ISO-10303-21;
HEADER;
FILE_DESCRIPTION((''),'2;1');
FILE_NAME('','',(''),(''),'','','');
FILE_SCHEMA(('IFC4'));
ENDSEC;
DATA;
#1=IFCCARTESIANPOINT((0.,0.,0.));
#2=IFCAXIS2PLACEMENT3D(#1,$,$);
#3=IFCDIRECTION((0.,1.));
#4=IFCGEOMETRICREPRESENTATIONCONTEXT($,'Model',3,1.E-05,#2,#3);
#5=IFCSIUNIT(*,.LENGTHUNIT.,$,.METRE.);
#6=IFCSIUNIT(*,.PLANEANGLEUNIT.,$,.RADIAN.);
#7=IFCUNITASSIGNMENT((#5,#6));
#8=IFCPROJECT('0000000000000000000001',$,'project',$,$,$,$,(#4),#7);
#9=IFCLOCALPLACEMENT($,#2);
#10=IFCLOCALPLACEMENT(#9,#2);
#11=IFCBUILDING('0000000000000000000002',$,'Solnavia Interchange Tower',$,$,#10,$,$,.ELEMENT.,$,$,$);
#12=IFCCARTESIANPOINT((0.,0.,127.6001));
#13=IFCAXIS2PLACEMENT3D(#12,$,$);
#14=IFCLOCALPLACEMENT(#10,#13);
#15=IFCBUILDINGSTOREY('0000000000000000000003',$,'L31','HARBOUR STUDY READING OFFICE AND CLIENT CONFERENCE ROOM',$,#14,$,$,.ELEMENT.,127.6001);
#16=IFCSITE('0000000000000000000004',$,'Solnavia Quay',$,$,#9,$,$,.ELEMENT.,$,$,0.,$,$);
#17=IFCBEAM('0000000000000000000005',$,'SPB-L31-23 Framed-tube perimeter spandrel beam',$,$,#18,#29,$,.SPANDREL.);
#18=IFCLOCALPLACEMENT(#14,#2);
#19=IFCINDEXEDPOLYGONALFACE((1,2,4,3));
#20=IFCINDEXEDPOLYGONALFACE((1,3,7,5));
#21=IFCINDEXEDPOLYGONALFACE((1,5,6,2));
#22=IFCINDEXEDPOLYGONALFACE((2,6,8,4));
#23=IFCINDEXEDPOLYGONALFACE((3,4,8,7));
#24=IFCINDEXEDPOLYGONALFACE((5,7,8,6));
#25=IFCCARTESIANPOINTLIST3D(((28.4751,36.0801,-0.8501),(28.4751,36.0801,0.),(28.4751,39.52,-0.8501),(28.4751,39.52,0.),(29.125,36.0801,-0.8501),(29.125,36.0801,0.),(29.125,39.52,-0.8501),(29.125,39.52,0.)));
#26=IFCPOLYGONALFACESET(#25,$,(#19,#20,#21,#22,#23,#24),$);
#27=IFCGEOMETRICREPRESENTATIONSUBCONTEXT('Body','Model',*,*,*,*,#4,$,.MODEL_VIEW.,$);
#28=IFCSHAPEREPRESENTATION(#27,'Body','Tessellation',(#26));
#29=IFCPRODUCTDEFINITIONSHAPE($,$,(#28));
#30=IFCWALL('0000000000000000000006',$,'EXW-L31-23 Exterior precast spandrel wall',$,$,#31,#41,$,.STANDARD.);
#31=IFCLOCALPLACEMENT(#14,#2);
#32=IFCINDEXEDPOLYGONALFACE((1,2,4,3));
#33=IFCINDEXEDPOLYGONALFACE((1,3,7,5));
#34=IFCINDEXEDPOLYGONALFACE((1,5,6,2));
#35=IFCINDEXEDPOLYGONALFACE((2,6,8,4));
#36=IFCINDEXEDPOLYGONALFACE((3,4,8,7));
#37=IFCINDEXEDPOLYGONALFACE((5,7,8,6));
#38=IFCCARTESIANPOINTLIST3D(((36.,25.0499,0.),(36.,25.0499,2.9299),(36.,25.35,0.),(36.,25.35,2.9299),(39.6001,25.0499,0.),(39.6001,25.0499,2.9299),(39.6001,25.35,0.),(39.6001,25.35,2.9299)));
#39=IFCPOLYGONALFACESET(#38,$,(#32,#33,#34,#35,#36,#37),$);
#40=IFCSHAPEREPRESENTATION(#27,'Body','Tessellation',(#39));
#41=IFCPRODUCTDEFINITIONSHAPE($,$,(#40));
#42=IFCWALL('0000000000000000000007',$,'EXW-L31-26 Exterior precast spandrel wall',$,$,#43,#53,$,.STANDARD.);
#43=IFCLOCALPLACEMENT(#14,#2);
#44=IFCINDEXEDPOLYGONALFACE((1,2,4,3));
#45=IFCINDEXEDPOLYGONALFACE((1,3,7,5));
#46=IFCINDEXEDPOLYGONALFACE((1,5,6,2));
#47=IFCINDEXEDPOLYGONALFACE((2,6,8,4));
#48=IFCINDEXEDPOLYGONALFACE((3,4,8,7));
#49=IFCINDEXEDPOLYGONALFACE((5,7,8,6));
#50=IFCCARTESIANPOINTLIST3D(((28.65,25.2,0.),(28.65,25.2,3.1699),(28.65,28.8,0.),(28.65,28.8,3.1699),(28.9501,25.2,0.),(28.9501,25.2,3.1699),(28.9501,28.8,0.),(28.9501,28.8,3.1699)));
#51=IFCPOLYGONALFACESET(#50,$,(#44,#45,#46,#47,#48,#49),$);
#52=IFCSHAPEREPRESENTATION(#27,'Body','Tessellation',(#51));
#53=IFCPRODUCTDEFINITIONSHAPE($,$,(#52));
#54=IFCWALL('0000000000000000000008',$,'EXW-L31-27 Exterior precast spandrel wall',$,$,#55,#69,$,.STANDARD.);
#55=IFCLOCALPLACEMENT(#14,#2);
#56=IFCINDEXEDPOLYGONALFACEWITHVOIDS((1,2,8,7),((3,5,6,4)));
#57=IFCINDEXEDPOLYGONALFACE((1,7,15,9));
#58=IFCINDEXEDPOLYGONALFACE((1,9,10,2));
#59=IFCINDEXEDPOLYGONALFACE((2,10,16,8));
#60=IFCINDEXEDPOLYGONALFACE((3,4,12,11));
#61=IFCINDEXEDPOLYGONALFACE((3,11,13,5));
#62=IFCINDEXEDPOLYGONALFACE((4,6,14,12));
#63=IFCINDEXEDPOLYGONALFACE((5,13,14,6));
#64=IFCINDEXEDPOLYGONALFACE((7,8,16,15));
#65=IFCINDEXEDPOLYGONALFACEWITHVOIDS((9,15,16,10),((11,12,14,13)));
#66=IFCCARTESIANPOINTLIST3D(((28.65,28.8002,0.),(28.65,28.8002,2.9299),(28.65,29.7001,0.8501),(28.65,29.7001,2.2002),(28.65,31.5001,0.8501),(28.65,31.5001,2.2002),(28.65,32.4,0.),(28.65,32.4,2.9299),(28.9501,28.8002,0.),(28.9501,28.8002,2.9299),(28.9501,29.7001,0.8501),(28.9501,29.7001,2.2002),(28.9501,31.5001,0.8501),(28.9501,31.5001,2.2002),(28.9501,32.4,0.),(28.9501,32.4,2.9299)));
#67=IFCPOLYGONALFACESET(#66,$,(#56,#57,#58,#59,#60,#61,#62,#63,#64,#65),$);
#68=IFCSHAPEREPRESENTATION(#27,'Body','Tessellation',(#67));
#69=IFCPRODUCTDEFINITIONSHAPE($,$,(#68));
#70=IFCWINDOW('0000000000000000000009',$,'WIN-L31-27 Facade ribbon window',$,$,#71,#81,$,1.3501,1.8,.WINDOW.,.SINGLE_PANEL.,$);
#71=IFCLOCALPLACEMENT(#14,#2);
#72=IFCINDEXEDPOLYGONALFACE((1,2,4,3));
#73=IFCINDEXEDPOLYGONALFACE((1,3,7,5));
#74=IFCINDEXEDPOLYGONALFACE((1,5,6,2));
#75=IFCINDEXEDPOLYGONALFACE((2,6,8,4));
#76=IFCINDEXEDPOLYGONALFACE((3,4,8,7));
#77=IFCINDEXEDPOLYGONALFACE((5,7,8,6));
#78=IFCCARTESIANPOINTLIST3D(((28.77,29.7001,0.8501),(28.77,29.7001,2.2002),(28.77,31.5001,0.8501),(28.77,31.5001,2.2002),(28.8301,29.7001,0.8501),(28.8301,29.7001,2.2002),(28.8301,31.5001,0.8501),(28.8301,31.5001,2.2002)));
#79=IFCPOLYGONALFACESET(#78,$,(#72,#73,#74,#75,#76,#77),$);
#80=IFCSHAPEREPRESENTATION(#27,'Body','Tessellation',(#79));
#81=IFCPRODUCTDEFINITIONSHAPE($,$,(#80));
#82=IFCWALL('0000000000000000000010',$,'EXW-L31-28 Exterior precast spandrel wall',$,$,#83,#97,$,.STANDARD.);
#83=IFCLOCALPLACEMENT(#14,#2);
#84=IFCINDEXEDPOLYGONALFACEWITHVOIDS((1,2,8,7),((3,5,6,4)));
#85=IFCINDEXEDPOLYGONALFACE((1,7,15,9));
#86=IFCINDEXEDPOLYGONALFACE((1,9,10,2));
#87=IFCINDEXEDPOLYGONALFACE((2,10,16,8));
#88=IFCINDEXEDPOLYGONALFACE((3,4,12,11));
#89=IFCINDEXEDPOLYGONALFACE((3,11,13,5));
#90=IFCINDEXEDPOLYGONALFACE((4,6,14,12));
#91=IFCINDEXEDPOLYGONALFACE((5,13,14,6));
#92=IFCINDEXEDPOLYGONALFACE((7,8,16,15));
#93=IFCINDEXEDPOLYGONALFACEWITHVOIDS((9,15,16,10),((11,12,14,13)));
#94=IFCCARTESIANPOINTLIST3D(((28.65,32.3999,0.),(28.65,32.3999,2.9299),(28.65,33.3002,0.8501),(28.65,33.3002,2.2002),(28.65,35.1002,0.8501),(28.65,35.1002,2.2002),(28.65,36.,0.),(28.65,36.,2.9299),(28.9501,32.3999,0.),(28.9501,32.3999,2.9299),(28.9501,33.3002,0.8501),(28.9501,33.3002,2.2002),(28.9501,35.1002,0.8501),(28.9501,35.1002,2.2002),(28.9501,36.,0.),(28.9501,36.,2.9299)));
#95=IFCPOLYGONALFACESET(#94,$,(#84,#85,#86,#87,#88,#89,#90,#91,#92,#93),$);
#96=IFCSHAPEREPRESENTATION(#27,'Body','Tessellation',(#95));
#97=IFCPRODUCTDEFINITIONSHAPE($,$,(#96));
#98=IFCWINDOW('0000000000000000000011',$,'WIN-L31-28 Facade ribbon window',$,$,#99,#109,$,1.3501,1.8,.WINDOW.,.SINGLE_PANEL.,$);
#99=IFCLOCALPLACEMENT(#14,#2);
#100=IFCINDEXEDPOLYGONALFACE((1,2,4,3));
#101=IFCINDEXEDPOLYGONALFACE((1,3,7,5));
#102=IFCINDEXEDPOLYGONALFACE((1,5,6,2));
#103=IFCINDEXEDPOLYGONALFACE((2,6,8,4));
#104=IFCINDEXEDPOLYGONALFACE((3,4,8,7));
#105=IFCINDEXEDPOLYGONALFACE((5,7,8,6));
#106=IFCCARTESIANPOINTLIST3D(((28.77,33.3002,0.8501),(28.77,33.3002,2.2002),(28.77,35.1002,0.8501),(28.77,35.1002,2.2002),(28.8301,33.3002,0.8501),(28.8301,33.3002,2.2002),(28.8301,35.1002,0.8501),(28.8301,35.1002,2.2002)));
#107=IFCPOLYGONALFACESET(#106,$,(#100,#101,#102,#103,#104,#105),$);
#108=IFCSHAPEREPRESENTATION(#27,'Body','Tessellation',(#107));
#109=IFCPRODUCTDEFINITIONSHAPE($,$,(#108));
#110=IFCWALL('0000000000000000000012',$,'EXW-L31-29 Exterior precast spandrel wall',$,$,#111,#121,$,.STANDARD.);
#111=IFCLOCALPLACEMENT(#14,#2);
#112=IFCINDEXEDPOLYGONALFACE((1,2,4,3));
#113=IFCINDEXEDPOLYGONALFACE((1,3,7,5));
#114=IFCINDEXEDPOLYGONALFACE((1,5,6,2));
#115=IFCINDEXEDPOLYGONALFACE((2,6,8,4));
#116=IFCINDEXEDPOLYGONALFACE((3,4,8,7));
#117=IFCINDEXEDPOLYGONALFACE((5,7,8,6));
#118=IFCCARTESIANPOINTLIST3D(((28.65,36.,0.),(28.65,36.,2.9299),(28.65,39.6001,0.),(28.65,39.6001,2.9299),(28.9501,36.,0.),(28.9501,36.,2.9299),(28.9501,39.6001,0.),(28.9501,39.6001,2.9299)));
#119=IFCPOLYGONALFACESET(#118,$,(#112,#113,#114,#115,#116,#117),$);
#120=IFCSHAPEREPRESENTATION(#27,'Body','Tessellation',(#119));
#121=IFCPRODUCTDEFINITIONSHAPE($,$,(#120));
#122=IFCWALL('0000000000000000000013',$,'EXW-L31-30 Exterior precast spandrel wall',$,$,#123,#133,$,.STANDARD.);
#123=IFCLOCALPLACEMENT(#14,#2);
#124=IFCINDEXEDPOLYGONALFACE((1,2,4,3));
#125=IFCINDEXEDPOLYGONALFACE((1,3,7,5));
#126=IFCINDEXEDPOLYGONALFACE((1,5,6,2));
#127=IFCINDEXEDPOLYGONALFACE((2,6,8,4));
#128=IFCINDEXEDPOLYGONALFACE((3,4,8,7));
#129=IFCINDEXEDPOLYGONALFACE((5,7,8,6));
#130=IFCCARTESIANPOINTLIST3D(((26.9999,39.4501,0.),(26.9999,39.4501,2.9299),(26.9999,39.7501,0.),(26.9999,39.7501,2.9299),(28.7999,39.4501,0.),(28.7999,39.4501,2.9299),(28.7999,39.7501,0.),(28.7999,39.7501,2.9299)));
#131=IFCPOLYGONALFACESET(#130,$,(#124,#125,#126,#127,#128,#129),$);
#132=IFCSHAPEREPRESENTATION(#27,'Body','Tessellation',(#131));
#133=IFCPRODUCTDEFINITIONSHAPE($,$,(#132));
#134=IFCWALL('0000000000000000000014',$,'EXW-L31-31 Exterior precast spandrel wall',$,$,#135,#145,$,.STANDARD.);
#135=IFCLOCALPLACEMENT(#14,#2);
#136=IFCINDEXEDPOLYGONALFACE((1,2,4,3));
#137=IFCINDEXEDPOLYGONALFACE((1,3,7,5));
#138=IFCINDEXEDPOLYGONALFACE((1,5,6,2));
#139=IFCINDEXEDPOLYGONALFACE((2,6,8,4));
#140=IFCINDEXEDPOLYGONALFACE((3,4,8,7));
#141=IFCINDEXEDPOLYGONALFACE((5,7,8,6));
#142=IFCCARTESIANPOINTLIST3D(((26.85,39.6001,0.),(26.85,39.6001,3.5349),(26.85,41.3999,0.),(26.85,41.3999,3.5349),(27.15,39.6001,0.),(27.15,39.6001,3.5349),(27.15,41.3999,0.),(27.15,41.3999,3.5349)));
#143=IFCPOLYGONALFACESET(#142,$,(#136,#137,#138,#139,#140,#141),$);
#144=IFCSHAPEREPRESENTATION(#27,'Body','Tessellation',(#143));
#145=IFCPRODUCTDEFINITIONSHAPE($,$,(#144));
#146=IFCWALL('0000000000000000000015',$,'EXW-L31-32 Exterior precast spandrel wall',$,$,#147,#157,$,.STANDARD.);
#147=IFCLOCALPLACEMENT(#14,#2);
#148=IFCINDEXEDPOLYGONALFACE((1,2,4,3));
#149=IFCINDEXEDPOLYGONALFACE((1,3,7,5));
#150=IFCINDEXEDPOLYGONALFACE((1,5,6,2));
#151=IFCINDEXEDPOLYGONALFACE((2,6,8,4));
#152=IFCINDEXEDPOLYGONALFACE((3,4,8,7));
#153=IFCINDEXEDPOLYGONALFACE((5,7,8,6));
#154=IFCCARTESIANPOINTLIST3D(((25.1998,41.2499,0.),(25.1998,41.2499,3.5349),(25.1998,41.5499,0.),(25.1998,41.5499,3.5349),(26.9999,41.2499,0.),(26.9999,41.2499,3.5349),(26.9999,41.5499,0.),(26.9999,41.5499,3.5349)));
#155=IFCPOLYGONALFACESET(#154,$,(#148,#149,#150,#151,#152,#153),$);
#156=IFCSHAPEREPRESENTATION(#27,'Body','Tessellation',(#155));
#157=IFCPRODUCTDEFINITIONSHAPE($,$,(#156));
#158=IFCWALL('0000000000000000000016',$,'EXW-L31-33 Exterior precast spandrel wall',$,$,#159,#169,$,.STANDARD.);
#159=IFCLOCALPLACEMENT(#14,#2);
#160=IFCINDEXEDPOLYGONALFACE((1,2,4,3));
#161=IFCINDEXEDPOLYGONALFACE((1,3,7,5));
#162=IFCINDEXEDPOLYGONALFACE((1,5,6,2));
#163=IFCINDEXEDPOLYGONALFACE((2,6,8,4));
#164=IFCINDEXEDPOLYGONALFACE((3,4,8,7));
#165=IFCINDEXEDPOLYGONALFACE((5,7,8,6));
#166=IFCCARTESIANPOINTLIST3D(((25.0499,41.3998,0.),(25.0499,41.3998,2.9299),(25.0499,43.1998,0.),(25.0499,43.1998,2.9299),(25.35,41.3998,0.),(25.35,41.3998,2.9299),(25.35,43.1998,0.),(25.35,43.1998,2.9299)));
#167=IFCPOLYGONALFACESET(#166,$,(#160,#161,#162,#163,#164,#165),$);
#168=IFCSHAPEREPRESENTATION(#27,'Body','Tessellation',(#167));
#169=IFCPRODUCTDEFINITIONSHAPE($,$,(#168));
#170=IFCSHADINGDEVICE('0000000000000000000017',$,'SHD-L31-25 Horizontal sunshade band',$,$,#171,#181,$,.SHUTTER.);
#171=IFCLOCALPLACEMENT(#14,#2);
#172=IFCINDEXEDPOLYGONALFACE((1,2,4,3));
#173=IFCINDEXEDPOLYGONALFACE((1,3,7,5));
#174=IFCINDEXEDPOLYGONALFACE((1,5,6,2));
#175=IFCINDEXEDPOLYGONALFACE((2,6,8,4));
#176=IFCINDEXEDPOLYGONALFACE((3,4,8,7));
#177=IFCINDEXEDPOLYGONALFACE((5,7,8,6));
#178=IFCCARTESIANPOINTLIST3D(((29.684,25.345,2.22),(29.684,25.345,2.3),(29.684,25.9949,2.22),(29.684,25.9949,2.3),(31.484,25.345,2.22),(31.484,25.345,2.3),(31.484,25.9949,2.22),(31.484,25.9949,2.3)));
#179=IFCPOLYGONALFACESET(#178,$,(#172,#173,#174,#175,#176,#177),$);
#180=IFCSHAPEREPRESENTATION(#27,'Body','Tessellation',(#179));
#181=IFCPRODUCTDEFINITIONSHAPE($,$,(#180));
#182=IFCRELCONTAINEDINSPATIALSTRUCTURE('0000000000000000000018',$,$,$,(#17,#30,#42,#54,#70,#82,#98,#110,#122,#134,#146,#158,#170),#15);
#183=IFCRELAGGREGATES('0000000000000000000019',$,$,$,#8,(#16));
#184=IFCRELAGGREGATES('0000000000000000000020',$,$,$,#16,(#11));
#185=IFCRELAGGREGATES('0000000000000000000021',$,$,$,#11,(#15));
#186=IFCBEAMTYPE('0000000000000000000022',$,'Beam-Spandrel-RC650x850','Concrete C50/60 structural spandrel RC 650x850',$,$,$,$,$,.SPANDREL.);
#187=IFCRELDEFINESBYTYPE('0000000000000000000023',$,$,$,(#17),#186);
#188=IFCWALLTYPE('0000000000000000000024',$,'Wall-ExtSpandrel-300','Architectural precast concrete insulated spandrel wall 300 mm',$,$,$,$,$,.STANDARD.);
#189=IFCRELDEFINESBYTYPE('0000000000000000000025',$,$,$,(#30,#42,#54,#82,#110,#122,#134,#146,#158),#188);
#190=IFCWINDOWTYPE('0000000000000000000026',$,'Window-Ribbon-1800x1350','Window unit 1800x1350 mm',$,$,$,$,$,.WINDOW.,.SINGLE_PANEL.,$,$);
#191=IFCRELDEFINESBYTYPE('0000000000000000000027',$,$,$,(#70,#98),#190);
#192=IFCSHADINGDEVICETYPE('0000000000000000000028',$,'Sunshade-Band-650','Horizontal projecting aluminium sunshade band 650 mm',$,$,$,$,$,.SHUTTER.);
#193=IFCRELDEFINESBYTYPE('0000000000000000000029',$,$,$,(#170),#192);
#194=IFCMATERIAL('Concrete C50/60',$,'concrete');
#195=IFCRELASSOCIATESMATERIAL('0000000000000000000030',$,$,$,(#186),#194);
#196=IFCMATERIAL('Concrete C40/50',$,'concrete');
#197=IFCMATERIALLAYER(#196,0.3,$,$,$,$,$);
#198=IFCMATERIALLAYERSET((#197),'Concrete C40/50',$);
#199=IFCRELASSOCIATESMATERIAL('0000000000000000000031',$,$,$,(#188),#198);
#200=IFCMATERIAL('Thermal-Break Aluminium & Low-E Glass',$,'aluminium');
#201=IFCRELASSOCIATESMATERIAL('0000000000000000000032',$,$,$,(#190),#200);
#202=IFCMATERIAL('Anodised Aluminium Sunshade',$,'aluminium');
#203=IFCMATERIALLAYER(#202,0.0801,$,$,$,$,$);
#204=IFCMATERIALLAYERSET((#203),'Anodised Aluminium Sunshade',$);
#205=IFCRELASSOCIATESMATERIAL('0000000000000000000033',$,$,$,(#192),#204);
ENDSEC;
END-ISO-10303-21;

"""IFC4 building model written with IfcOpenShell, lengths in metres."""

from ifc_helpers import new_model, si_unit, direction, frame, frame_2d, origin, origin_2d, place, context, subcontext, project, spatial, rectangle, extrude, material, layer, layer_set, material_profile, profile_set, type_object, element, fill, save


model = new_model("IFC4")

# Units and contexts
model_context = context("Model", 3, precision=1e-05, world=origin(), true_north=direction((0.0, 1.0)))
body_context = subcontext(model_context, "Body", "Model", "MODEL_VIEW")
ifc_project = project(units=[si_unit("LENGTHUNIT", "METRE"), si_unit("PLANEANGLEUNIT", "RADIAN")], contexts=[model_context])

# Site, building, storey
site_placement = place(None, origin())
site = spatial("IfcSite", under=ifc_project, at=site_placement, Name="Solnavia Quay", CompositionType="ELEMENT", RefElevation=0.0)
building_placement = place(site_placement, origin())
building = spatial("IfcBuilding", under=site, at=building_placement, Name="Solnavia Interchange Tower", CompositionType="ELEMENT")
storey_placement = place(building_placement, frame((0.0, 0.0, 127.6001)))
storey = spatial("IfcBuildingStorey", under=building, at=storey_placement, Name="L31", Description="HARBOUR STUDY READING OFFICE AND CLIENT CONFERENCE ROOM", CompositionType="ELEMENT", Elevation=127.6001)

# Shared definitions
ifc_material_1 = material(Name="Concrete C50/60", Category="concrete")

# Beam
ifc_material_profile_1 = material_profile(ifc_material_1, rectangle(XDim=0.6499, YDim=0.8501, at=origin_2d()), Name="RC 650x850")
ifc_profile_set_1 = profile_set([ifc_material_profile_1], Name="Concrete C50/60")
beam_type_1 = type_object("IfcBeamType", Name="Beam-Spandrel-RC650x850", Description="Concrete C50/60 structural spandrel RC 650x850", PredefinedType="SPANDREL", material=ifc_profile_set_1)
for number, where, z_axis, x_axis, name in (
    (1, (28.8, 36.0801, -0.425), (0.0, 1.0, 0.0), (-1.0, 0.0, 0.0), "SPB-L31-23 Framed-tube perimeter spandrel beam"),
):
    element("IfcBeam", number, at=place(storey_placement, frame(where, z_axis=z_axis, x_axis=x_axis)), inside=storey, type_object=beam_type_1, Name=name, PredefinedType="SPANDREL", context=body_context, shape_type="SweptSolid", body=[
        extrude(rectangle(XDim=0.6499, YDim=0.8501, at=origin_2d()), origin(), (0.0, 0.0, 1.0), 3.4399),
    ])

# Walls
ifc_material_2 = material(Name="Concrete C40/50", Category="concrete")
ifc_layer_1 = layer(ifc_material_2, 0.3)
ifc_layer_set_1 = layer_set([ifc_layer_1], Name="Concrete C40/50")
wall_type = type_object("IfcWallType", Name="Wall-ExtSpandrel-300", Description="Architectural precast concrete insulated spandrel wall 300 mm", PredefinedType="STANDARD", material=ifc_layer_set_1)
wall_1_placement = place(storey_placement, frame((36.0, 25.2, 0.0), z_axis=(0.0, 0.0, 1.0), x_axis=(1.0, 0.0, 0.0)))
element("IfcWall", 2, at=wall_1_placement, inside=storey, type_object=wall_type, Name="EXW-L31-23 Exterior precast spandrel wall", PredefinedType="STANDARD", context=body_context, shape_type="SweptSolid", body=[
    extrude(rectangle(XDim=3.6001, YDim=0.3, at=frame_2d((1.8, 0.0))), origin(), (0.0, 0.0, 1.0), 2.9299),
])
wall_2_placement = place(storey_placement, frame((28.8, 28.8, 0.0), z_axis=(0.0, 0.0, 1.0), x_axis=(0.0, -1.0, 0.0)))
element("IfcWall", 3, at=wall_2_placement, inside=storey, type_object=wall_type, Name="EXW-L31-26 Exterior precast spandrel wall", PredefinedType="STANDARD", context=body_context, shape_type="SweptSolid", body=[
    extrude(rectangle(XDim=3.6001, YDim=0.3, at=frame_2d((1.8, 0.0))), origin(), (0.0, 0.0, 1.0), 3.1699),
])

# Walls, openings, windows
wall_3_placement = place(storey_placement, frame((28.8, 32.3999, 0.0), z_axis=(0.0, 0.0, 1.0), x_axis=(0.0, -1.0, 0.0)))
wall_3 = element("IfcWall", 4, at=wall_3_placement, inside=storey, type_object=wall_type, Name="EXW-L31-27 Exterior precast spandrel wall", PredefinedType="STANDARD", context=body_context, shape_type="SweptSolid", body=[
    extrude(rectangle(XDim=3.5999, YDim=0.3, at=frame_2d((1.7998, 0.0))), origin(), (0.0, 0.0, 1.0), 2.9299),
])
opening_1_placement = place(wall_3_placement, frame((0.8999, 0.0, 0.8501)))
opening_1 = element("IfcOpeningElement", 5, at=opening_1_placement, cuts=wall_3, PredefinedType="OPENING", context=body_context, shape_type="SweptSolid", body=[
    extrude(rectangle(XDim=1.8, YDim=1.3501, at=frame_2d((0.8999, 0.675))), frame((0.0, 0.1602, 0.0), z_axis=(0.0, -1.0, 0.0), x_axis=(1.0, 0.0, 0.0)), (0.0, 0.0, 1.0), 0.3201),
])
ifc_material_3 = material(Name="Thermal-Break Aluminium & Low-E Glass", Category="aluminium")
window_type = type_object("IfcWindowType", Name="Window-Ribbon-1800x1350", Description="Window unit 1800x1350 mm", PartitioningType="SINGLE_PANEL", PredefinedType="WINDOW", material=ifc_material_3)
window_1_placement = place(opening_1_placement, origin())
window_1 = element("IfcWindow", 6, at=window_1_placement, inside=storey, type_object=window_type, Name="WIN-L31-27 Facade ribbon window", OverallHeight=1.3501, OverallWidth=1.8, PartitioningType="SINGLE_PANEL", PredefinedType="WINDOW", context=body_context, shape_type="SweptSolid", body=[
    extrude(rectangle(XDim=1.8, YDim=1.3501, at=frame_2d((0.8999, 0.675))), frame((0.0, 0.03, 0.0), z_axis=(0.0, -1.0, 0.0), x_axis=(1.0, 0.0, 0.0)), (0.0, 0.0, 1.0), 0.0601),
])
fill(opening_1, window_1)
wall_4_placement = place(storey_placement, frame((28.8, 36.0, 0.0), z_axis=(0.0, 0.0, 1.0), x_axis=(0.0, -1.0, 0.0)))
wall_4 = element("IfcWall", 7, at=wall_4_placement, inside=storey, type_object=wall_type, Name="EXW-L31-28 Exterior precast spandrel wall", PredefinedType="STANDARD", context=body_context, shape_type="SweptSolid", body=[
    extrude(rectangle(XDim=3.6001, YDim=0.3, at=frame_2d((1.8, 0.0))), origin(), (0.0, 0.0, 1.0), 2.9299),
])
opening_2_placement = place(wall_4_placement, frame((0.8999, 0.0, 0.8501)))
opening_2 = element("IfcOpeningElement", 8, at=opening_2_placement, cuts=wall_4, PredefinedType="OPENING", context=body_context, shape_type="SweptSolid", body=[
    extrude(rectangle(XDim=1.8, YDim=1.3501, at=frame_2d((0.8999, 0.675))), frame((0.0, 0.1602, 0.0), z_axis=(0.0, -1.0, 0.0), x_axis=(1.0, 0.0, 0.0)), (0.0, 0.0, 1.0), 0.3201),
])
window_2_placement = place(opening_2_placement, origin())
window_2 = element("IfcWindow", 9, at=window_2_placement, inside=storey, type_object=window_type, Name="WIN-L31-28 Facade ribbon window", OverallHeight=1.3501, OverallWidth=1.8, PartitioningType="SINGLE_PANEL", PredefinedType="WINDOW", context=body_context, shape_type="SweptSolid", body=[
    extrude(rectangle(XDim=1.8, YDim=1.3501, at=frame_2d((0.8999, 0.675))), frame((0.0, 0.03, 0.0), z_axis=(0.0, -1.0, 0.0), x_axis=(1.0, 0.0, 0.0)), (0.0, 0.0, 1.0), 0.0601),
])
fill(opening_2, window_2)

# Walls
wall_5_placement = place(storey_placement, frame((28.8, 39.6001, 0.0), z_axis=(0.0, 0.0, 1.0), x_axis=(0.0, -1.0, 0.0)))
element("IfcWall", 10, at=wall_5_placement, inside=storey, type_object=wall_type, Name="EXW-L31-29 Exterior precast spandrel wall", PredefinedType="STANDARD", context=body_context, shape_type="SweptSolid", body=[
    extrude(rectangle(XDim=3.6001, YDim=0.3, at=frame_2d((1.8, 0.0))), origin(), (0.0, 0.0, 1.0), 2.9299),
])
wall_6_placement = place(storey_placement, frame((27.0, 39.6001, 0.0), z_axis=(0.0, 0.0, 1.0), x_axis=(1.0, 0.0, 0.0)))
element("IfcWall", 11, at=wall_6_placement, inside=storey, type_object=wall_type, Name="EXW-L31-30 Exterior precast spandrel wall", PredefinedType="STANDARD", context=body_context, shape_type="SweptSolid", body=[
    extrude(rectangle(XDim=1.8, YDim=0.3, at=frame_2d((0.8999, 0.0))), origin(), (0.0, 0.0, 1.0), 2.9299),
])
wall_7_placement = place(storey_placement, frame((27.0, 39.6001, 0.0), z_axis=(0.0, 0.0, 1.0), x_axis=(0.0, 1.0, 0.0)))
element("IfcWall", 12, at=wall_7_placement, inside=storey, type_object=wall_type, Name="EXW-L31-31 Exterior precast spandrel wall", PredefinedType="STANDARD", context=body_context, shape_type="SweptSolid", body=[
    extrude(rectangle(XDim=1.7998, YDim=0.3, at=frame_2d((0.8999, 0.0))), origin(), (0.0, 0.0, 1.0), 3.5349),
])
wall_8_placement = place(storey_placement, frame((25.2, 41.3999, 0.0), z_axis=(0.0, 0.0, 1.0), x_axis=(1.0, 0.0, 0.0)))
element("IfcWall", 13, at=wall_8_placement, inside=storey, type_object=wall_type, Name="EXW-L31-32 Exterior precast spandrel wall", PredefinedType="STANDARD", context=body_context, shape_type="SweptSolid", body=[
    extrude(rectangle(XDim=1.8, YDim=0.3, at=frame_2d((0.8999, 0.0))), origin(), (0.0, 0.0, 1.0), 3.5349),
])
wall_9_placement = place(storey_placement, frame((25.2, 41.3999, 0.0), z_axis=(0.0, 0.0, 1.0), x_axis=(0.0, 1.0, 0.0)))
element("IfcWall", 14, at=wall_9_placement, inside=storey, type_object=wall_type, Name="EXW-L31-33 Exterior precast spandrel wall", PredefinedType="STANDARD", context=body_context, shape_type="SweptSolid", body=[
    extrude(rectangle(XDim=1.8, YDim=0.3, at=frame_2d((0.8999, 0.0))), origin(), (0.0, 0.0, 1.0), 2.9299),
])

# Shading device
ifc_material_4 = material(Name="Anodised Aluminium Sunshade", Category="aluminium")
ifc_layer_2 = layer(ifc_material_4, 0.0801)
ifc_layer_set_2 = layer_set([ifc_layer_2], Name="Anodised Aluminium Sunshade")
shading_device_type = type_object("IfcShadingDeviceType", Name="Sunshade-Band-650", Description="Horizontal projecting aluminium sunshade band 650 mm", PredefinedType="SHUTTER", material=ifc_layer_set_2)
for number, where, z_axis, x_axis, name in (
    (15, (30.584, 25.6699, 2.22), (0.0, 0.0, 1.0), (1.0, 0.0, 0.0), "SHD-L31-25 Horizontal sunshade band"),
):
    element("IfcShadingDevice", number, at=place(storey_placement, frame(where, z_axis=z_axis, x_axis=x_axis)), inside=storey, type_object=shading_device_type, Name=name, PredefinedType="SHUTTER", context=body_context, shape_type="SweptSolid", body=[
        extrude(rectangle(XDim=1.8, YDim=0.6499, at=origin_2d()), origin(), (0.0, 0.0, 1.0), 0.0801),
    ])

save(model, "model.ifc")
